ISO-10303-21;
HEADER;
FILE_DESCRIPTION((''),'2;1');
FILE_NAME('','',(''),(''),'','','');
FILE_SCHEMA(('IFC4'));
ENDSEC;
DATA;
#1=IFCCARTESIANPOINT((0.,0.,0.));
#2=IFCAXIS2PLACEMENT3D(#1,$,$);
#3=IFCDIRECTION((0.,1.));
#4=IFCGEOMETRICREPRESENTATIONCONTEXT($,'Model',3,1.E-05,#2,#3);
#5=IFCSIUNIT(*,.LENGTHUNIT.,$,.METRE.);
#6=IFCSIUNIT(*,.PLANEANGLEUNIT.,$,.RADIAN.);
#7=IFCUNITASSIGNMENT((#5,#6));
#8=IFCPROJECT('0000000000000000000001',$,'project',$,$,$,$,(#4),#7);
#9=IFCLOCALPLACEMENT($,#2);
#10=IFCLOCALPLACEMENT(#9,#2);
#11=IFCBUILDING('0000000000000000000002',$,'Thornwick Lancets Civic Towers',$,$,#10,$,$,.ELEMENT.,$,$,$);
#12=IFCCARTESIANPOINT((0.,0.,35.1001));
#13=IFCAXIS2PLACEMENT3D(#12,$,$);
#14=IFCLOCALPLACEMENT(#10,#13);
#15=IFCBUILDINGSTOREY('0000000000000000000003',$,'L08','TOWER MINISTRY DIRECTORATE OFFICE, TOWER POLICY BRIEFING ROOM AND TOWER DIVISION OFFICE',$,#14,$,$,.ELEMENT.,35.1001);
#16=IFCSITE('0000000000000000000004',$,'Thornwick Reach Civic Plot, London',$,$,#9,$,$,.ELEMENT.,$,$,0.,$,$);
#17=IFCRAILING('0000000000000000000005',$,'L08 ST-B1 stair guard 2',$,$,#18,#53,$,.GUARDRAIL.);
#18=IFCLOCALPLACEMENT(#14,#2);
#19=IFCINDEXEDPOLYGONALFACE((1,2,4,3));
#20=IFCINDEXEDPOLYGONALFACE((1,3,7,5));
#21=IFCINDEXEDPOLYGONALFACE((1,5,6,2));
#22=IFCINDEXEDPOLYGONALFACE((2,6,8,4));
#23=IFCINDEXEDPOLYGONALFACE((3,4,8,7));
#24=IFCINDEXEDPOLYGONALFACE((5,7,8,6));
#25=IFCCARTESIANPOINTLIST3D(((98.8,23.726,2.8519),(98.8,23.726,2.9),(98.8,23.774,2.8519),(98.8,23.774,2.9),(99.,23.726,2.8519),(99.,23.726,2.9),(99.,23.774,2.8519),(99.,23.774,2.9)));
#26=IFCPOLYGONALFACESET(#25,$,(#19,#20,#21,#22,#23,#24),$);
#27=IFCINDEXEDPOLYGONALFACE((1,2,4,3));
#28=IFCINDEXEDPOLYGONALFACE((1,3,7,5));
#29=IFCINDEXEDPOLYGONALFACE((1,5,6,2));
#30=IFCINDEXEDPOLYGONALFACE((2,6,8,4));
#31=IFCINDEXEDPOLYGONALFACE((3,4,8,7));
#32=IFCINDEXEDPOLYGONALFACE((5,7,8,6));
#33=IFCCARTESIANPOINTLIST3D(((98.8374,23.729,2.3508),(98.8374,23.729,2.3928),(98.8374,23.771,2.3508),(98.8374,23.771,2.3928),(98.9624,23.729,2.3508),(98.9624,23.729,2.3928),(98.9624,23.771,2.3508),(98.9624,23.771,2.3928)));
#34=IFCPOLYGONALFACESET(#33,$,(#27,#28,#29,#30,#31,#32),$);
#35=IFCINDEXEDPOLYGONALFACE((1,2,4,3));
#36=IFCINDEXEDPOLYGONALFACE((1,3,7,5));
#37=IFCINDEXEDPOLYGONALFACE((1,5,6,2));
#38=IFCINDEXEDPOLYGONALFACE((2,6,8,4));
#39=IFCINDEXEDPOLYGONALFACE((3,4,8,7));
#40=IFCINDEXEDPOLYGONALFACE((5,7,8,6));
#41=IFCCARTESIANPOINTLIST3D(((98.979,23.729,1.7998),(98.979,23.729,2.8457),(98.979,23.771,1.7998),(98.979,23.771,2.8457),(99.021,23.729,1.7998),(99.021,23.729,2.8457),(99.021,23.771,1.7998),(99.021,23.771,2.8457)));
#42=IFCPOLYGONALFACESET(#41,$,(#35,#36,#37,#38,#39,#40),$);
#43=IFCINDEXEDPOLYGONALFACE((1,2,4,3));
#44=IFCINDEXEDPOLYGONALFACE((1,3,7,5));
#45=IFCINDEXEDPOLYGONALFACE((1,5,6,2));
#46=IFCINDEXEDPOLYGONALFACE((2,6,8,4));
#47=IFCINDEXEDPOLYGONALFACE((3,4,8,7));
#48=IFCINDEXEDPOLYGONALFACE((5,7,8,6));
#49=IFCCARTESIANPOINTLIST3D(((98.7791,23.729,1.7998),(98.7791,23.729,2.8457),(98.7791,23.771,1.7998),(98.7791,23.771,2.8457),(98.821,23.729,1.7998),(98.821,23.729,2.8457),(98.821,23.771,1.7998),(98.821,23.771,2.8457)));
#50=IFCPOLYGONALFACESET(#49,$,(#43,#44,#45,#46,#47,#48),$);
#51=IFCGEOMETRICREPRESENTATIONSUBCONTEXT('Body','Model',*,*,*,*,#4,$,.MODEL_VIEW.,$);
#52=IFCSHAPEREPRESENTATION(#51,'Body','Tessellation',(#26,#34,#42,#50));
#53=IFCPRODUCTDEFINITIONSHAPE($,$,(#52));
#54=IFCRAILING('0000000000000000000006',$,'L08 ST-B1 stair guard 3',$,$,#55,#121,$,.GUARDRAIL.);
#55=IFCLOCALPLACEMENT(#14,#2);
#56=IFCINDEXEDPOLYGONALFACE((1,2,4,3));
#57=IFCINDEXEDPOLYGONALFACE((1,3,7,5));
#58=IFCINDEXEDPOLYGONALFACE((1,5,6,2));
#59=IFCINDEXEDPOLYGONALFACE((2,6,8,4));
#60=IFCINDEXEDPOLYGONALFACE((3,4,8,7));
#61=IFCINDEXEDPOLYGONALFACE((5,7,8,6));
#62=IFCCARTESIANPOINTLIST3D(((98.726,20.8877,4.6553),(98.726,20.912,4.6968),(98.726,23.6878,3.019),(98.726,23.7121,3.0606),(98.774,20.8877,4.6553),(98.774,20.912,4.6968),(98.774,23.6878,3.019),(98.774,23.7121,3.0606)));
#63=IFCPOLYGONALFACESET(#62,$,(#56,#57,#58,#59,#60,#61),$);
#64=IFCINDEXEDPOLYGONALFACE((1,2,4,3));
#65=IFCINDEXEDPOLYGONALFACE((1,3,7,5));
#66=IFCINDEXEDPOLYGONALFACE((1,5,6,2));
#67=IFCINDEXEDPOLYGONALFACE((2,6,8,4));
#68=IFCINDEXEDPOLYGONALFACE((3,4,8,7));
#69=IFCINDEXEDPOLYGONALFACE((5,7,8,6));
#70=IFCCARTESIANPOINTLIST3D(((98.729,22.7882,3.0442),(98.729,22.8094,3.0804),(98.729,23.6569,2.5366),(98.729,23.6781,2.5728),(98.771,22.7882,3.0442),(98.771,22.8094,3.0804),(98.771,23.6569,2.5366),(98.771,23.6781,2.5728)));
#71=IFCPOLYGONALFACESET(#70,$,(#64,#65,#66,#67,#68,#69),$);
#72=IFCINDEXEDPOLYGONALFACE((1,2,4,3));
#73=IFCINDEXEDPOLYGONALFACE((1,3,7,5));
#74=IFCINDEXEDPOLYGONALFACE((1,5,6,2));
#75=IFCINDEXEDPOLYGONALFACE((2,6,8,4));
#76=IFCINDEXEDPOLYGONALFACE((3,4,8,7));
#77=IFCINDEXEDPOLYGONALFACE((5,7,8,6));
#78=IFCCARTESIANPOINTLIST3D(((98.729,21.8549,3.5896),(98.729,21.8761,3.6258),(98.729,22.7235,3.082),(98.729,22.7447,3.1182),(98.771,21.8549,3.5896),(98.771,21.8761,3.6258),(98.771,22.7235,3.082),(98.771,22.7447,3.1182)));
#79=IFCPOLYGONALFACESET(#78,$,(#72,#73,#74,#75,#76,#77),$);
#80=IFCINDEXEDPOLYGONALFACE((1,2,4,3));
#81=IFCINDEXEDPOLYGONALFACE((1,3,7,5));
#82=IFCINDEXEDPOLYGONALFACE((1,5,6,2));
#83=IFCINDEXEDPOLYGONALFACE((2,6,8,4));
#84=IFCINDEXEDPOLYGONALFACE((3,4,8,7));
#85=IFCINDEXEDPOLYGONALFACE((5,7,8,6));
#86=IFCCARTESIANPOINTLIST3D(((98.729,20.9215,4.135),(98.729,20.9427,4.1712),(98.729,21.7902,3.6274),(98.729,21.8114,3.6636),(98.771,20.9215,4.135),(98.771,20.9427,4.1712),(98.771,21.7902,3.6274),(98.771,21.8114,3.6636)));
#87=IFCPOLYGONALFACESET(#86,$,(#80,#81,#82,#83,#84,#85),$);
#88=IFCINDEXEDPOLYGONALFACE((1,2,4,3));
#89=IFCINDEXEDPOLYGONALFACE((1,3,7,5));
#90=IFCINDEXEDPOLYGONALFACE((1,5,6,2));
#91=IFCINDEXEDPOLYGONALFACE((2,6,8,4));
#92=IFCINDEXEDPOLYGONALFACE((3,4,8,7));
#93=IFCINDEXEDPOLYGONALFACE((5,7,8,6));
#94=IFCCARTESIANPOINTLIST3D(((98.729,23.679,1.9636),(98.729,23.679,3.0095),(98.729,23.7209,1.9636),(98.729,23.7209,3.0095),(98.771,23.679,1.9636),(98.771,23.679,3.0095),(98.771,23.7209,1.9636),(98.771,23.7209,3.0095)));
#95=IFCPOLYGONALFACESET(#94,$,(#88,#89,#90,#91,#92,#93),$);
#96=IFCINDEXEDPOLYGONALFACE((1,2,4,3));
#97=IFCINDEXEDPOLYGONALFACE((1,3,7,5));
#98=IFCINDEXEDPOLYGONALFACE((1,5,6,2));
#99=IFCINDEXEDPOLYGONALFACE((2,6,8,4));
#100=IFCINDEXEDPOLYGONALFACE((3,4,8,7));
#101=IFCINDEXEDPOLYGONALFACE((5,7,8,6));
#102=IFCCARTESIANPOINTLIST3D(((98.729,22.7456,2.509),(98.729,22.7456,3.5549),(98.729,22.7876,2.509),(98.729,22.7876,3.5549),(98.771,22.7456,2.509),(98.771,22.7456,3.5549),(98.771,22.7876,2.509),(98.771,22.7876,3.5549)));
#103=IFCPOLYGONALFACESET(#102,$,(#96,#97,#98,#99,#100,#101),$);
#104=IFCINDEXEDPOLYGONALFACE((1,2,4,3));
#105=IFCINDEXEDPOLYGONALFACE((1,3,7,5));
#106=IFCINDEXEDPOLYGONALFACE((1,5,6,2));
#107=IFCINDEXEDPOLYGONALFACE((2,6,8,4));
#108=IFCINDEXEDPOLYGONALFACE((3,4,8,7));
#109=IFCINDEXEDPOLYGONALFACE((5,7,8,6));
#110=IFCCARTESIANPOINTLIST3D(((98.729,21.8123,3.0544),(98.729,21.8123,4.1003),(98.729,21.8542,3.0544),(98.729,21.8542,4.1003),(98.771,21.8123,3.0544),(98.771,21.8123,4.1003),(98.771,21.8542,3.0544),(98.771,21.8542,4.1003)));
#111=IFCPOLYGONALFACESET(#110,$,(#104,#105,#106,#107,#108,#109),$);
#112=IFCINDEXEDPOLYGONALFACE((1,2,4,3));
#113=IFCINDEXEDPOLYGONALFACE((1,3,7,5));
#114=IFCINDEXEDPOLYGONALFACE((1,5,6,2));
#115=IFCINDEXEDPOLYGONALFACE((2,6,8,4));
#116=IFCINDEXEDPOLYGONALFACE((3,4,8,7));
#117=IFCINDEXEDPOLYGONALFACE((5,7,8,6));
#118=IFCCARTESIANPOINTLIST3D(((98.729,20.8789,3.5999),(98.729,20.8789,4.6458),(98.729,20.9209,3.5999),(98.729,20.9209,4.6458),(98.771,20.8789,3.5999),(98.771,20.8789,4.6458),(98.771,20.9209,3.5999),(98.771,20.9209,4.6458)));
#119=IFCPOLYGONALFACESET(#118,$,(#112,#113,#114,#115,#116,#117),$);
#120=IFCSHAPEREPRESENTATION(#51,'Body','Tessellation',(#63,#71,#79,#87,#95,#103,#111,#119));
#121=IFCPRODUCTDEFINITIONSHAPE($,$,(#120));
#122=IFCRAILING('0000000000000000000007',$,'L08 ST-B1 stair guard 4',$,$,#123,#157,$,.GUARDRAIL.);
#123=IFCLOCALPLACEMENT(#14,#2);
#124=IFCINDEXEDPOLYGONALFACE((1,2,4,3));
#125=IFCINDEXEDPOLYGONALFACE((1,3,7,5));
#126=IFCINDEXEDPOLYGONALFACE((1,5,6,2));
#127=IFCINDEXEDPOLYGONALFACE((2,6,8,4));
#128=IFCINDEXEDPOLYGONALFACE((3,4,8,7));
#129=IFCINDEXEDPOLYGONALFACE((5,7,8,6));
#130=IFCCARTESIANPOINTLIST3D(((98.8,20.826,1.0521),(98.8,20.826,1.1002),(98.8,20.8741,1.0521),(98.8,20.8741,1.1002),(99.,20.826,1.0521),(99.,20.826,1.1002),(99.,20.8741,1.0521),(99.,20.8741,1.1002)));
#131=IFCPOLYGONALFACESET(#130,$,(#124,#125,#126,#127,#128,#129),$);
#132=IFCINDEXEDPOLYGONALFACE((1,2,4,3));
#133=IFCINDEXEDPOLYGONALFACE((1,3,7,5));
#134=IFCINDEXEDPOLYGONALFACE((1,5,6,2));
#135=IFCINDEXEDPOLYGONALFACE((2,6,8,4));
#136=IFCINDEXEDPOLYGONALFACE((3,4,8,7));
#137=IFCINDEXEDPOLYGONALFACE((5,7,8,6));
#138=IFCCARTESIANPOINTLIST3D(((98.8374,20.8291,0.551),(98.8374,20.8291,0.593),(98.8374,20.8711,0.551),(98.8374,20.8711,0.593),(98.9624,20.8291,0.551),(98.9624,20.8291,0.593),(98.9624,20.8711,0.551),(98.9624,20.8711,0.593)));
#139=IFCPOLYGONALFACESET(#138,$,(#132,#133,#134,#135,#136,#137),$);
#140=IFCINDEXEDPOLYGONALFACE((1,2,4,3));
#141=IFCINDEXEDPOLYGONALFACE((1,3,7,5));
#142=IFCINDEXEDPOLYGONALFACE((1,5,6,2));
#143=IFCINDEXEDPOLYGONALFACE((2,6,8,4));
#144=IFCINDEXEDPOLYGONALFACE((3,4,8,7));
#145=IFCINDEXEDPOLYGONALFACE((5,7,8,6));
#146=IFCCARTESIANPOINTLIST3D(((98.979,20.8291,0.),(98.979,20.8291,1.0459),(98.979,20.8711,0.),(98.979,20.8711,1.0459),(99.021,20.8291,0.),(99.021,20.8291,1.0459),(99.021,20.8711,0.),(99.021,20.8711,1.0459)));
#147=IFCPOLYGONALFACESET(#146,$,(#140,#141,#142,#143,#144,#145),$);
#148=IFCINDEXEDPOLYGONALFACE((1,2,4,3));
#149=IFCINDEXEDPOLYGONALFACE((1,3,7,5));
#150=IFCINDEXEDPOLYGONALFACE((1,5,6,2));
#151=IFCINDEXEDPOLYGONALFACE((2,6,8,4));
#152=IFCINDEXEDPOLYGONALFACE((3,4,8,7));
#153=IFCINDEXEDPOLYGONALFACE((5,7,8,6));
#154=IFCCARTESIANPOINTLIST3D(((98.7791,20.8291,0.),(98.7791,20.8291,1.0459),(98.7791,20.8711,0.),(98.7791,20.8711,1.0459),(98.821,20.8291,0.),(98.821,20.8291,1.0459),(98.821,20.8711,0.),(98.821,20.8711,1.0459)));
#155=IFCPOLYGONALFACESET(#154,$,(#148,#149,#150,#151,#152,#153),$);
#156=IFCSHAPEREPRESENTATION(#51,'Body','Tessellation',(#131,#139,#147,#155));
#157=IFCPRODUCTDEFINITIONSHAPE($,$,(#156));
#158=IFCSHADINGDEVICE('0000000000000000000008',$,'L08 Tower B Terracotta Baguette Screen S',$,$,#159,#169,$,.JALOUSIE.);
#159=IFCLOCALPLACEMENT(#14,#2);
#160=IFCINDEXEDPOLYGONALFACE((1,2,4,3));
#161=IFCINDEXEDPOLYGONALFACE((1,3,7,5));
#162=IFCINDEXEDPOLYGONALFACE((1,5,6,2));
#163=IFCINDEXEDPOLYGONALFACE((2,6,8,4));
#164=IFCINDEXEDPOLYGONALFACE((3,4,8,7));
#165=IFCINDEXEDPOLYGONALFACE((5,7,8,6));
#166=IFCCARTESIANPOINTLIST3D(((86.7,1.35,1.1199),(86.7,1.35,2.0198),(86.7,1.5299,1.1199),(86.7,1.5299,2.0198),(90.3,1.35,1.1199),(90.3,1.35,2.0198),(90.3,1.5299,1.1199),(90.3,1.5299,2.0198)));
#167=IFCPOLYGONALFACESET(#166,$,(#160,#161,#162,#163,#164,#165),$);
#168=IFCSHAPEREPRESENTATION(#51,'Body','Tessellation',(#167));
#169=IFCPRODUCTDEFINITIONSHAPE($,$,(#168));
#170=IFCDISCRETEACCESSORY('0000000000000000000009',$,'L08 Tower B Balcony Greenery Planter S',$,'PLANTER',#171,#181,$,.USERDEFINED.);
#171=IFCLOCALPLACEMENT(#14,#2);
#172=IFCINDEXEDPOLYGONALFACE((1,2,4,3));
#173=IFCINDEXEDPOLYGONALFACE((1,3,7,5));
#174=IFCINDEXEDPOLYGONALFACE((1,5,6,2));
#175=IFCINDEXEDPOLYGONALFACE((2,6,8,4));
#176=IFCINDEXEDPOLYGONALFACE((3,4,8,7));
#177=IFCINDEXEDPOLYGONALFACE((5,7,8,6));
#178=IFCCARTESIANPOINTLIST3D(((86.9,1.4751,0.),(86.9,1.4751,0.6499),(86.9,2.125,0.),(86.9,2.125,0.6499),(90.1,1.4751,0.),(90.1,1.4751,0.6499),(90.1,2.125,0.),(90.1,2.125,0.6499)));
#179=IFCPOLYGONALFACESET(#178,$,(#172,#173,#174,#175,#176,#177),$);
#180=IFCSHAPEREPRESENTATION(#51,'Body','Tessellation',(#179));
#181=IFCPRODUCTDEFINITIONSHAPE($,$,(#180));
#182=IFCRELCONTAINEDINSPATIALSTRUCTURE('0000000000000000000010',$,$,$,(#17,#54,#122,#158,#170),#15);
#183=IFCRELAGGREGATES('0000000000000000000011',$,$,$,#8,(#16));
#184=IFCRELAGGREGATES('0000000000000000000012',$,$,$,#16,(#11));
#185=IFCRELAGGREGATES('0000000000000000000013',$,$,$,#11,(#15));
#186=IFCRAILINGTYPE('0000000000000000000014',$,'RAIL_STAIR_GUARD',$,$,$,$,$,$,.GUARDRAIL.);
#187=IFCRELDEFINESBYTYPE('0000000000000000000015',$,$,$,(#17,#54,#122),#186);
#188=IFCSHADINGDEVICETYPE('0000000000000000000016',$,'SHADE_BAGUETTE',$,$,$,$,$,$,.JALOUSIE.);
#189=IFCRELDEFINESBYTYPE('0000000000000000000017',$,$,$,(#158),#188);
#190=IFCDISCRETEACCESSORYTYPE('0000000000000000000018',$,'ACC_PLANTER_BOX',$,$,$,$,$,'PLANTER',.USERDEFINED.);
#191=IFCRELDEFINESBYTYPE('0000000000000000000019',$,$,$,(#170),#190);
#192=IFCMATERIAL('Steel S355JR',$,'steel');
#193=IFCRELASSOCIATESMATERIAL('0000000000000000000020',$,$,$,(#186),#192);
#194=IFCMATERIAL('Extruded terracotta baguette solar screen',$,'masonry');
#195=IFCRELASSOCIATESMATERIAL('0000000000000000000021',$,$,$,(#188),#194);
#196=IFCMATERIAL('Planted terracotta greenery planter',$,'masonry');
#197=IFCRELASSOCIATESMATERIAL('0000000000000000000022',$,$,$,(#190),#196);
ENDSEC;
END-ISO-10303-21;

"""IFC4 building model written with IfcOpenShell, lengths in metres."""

from ifc_helpers import new_model, si_unit, direction, frame, origin, origin_2d, place, context, subcontext, project, spatial, rectangle, extrude, material, type_object, element, save


model = new_model("IFC4")

# Units and contexts
model_context = context("Model", 3, precision=1e-05, world=origin(), true_north=direction((0.0, 1.0)))
body_context = subcontext(model_context, "Body", "Model", "MODEL_VIEW")
ifc_project = project(units=[si_unit("LENGTHUNIT", "METRE"), si_unit("PLANEANGLEUNIT", "RADIAN")], contexts=[model_context])

# Site, building, storey
site_placement = place(None, origin())
site = spatial("IfcSite", under=ifc_project, at=site_placement, Name="Thornwick Reach Civic Plot, London", CompositionType="ELEMENT", RefElevation=0.0)
building_placement = place(site_placement, origin())
building = spatial("IfcBuilding", under=site, at=building_placement, Name="Thornwick Lancets Civic Towers", CompositionType="ELEMENT")
storey_placement = place(building_placement, frame((0.0, 0.0, 35.1001)))
storey = spatial("IfcBuildingStorey", under=building, at=storey_placement, Name="L08", Description="TOWER MINISTRY DIRECTORATE OFFICE, TOWER POLICY BRIEFING ROOM AND TOWER DIVISION OFFICE", CompositionType="ELEMENT", Elevation=35.1001)

# Shared definitions
ifc_material_1 = material(Name="Steel S355JR", Category="steel")

# Railings
railing_type_1 = type_object("IfcRailingType", Name="RAIL_STAIR_GUARD", PredefinedType="GUARDRAIL", material=ifc_material_1)
railing_1_placement = place(storey_placement, frame((99.0, 23.75, 1.7998)))
element("IfcRailing", 1, at=railing_1_placement, inside=storey, type_object=railing_type_1, Name="L08 ST-B1 stair guard 2", PredefinedType="GUARDRAIL", context=body_context, shape_type="SweptSolid", body=[
    extrude(rectangle(XDim=0.0481, YDim=0.0481, at=origin_2d()), frame((0.0, 0.0, 1.0762), z_axis=(-1.0, 0.0, 0.0), x_axis=(0.0, -1.0, 0.0)), (0.0, 0.0, 1.0), 0.2),
    extrude(rectangle(XDim=0.042, YDim=0.042, at=origin_2d()), frame((-0.0376, 0.0, 0.572), z_axis=(-1.0, 0.0, 0.0), x_axis=(0.0, -1.0, 0.0)), (0.0, 0.0, 1.0), 0.125),
    extrude(rectangle(XDim=0.042, YDim=0.042, at=origin_2d()), origin(), (0.0, 0.0, 1.0), 1.0459),
    extrude(rectangle(XDim=0.042, YDim=0.042, at=origin_2d()), frame((-0.2, 0.0, 0.0)), (0.0, 0.0, 1.0), 1.0459),
])
railing_2_placement = place(storey_placement, frame((98.75, 23.7, 1.9636)))
element("IfcRailing", 2, at=railing_2_placement, inside=storey, type_object=railing_type_1, Name="L08 ST-B1 stair guard 3", PredefinedType="GUARDRAIL", context=body_context, shape_type="SweptSolid", body=[
    extrude(rectangle(XDim=0.0481, YDim=0.0481, at=origin_2d()), frame((0.0, 0.0, 1.0762), z_axis=(0.0, -0.863394, 0.504531), x_axis=(1.0, 0.0, 0.0)), (0.0, 0.0, 1.0), 3.2432),
    extrude(rectangle(XDim=0.042, YDim=0.042, at=origin_2d()), frame((0.0, -0.0325, 0.5911), z_axis=(0.0, -0.863394, 0.504531), x_axis=(1.0, 0.0, 0.0)), (0.0, 0.0, 1.0), 1.0061),
    extrude(rectangle(XDim=0.042, YDim=0.042, at=origin_2d()), frame((0.0, -0.9658, 1.1365), z_axis=(0.0, -0.863394, 0.504531), x_axis=(1.0, 0.0, 0.0)), (0.0, 0.0, 1.0), 1.0061),
    extrude(rectangle(XDim=0.042, YDim=0.042, at=origin_2d()), frame((0.0, -1.8992, 1.6819), z_axis=(0.0, -0.863394, 0.504531), x_axis=(1.0, 0.0, 0.0)), (0.0, 0.0, 1.0), 1.0061),
    extrude(rectangle(XDim=0.042, YDim=0.042, at=origin_2d()), origin(), (0.0, 0.0, 1.0), 1.0459),
    extrude(rectangle(XDim=0.042, YDim=0.042, at=origin_2d()), frame((0.0, -0.9333, 0.5454)), (0.0, 0.0, 1.0), 1.0459),
    extrude(rectangle(XDim=0.042, YDim=0.042, at=origin_2d()), frame((0.0, -1.8667, 1.0908)), (0.0, 0.0, 1.0), 1.0459),
    extrude(rectangle(XDim=0.042, YDim=0.042, at=origin_2d()), frame((0.0, -2.8, 1.6362)), (0.0, 0.0, 1.0), 1.0459),
])
railing_3_placement = place(storey_placement, frame((99.0, 20.8501, 0.0)))
element("IfcRailing", 3, at=railing_3_placement, inside=storey, type_object=railing_type_1, Name="L08 ST-B1 stair guard 4", PredefinedType="GUARDRAIL", context=body_context, shape_type="SweptSolid", body=[
    extrude(rectangle(XDim=0.0481, YDim=0.0481, at=origin_2d()), frame((0.0, 0.0, 1.0762), z_axis=(-1.0, 0.0, 0.0), x_axis=(0.0, -1.0, 0.0)), (0.0, 0.0, 1.0), 0.2),
    extrude(rectangle(XDim=0.042, YDim=0.042, at=origin_2d()), frame((-0.0376, 0.0, 0.572), z_axis=(-1.0, 0.0, 0.0), x_axis=(0.0, -1.0, 0.0)), (0.0, 0.0, 1.0), 0.125),
    extrude(rectangle(XDim=0.042, YDim=0.042, at=origin_2d()), origin(), (0.0, 0.0, 1.0), 1.0459),
    extrude(rectangle(XDim=0.042, YDim=0.042, at=origin_2d()), frame((-0.2, 0.0, 0.0)), (0.0, 0.0, 1.0), 1.0459),
])

# Shading device
ifc_material_2 = material(Name="Extruded terracotta baguette solar screen", Category="masonry")
shading_device_type = type_object("IfcShadingDeviceType", Name="SHADE_BAGUETTE", PredefinedType="JALOUSIE", material=ifc_material_2)
shading_device_placement = place(storey_placement, frame((88.5, 1.4399, 1.1199), z_axis=(0.0, 0.0, 1.0), x_axis=(1.0, 0.0, 0.0)))
element("IfcShadingDevice", 4, at=shading_device_placement, inside=storey, type_object=shading_device_type, Name="L08 Tower B Terracotta Baguette Screen S", PredefinedType="JALOUSIE", context=body_context, shape_type="SweptSolid", body=[
    extrude(rectangle(XDim=3.6001, YDim=0.1799, at=origin_2d()), origin(), (0.0, 0.0, 1.0), 0.8999),
])

# Discrete accessory
ifc_material_3 = material(Name="Planted terracotta greenery planter", Category="masonry")
discrete_accessory_type = type_object("IfcDiscreteAccessoryType", Name="ACC_PLANTER_BOX", ElementType="PLANTER", PredefinedType="USERDEFINED", material=ifc_material_3)
discrete_accessory_placement = place(storey_placement, frame((88.5, 1.8, 0.0), z_axis=(0.0, 0.0, 1.0), x_axis=(1.0, 0.0, 0.0)))
element("IfcDiscreteAccessory", 5, at=discrete_accessory_placement, inside=storey, type_object=discrete_accessory_type, Name="L08 Tower B Balcony Greenery Planter S", ObjectType="PLANTER", PredefinedType="USERDEFINED", context=body_context, shape_type="SweptSolid", body=[
    extrude(rectangle(XDim=3.2, YDim=0.6499, at=origin_2d()), origin(), (0.0, 0.0, 1.0), 0.6499),
])

save(model, "model.ifc")
